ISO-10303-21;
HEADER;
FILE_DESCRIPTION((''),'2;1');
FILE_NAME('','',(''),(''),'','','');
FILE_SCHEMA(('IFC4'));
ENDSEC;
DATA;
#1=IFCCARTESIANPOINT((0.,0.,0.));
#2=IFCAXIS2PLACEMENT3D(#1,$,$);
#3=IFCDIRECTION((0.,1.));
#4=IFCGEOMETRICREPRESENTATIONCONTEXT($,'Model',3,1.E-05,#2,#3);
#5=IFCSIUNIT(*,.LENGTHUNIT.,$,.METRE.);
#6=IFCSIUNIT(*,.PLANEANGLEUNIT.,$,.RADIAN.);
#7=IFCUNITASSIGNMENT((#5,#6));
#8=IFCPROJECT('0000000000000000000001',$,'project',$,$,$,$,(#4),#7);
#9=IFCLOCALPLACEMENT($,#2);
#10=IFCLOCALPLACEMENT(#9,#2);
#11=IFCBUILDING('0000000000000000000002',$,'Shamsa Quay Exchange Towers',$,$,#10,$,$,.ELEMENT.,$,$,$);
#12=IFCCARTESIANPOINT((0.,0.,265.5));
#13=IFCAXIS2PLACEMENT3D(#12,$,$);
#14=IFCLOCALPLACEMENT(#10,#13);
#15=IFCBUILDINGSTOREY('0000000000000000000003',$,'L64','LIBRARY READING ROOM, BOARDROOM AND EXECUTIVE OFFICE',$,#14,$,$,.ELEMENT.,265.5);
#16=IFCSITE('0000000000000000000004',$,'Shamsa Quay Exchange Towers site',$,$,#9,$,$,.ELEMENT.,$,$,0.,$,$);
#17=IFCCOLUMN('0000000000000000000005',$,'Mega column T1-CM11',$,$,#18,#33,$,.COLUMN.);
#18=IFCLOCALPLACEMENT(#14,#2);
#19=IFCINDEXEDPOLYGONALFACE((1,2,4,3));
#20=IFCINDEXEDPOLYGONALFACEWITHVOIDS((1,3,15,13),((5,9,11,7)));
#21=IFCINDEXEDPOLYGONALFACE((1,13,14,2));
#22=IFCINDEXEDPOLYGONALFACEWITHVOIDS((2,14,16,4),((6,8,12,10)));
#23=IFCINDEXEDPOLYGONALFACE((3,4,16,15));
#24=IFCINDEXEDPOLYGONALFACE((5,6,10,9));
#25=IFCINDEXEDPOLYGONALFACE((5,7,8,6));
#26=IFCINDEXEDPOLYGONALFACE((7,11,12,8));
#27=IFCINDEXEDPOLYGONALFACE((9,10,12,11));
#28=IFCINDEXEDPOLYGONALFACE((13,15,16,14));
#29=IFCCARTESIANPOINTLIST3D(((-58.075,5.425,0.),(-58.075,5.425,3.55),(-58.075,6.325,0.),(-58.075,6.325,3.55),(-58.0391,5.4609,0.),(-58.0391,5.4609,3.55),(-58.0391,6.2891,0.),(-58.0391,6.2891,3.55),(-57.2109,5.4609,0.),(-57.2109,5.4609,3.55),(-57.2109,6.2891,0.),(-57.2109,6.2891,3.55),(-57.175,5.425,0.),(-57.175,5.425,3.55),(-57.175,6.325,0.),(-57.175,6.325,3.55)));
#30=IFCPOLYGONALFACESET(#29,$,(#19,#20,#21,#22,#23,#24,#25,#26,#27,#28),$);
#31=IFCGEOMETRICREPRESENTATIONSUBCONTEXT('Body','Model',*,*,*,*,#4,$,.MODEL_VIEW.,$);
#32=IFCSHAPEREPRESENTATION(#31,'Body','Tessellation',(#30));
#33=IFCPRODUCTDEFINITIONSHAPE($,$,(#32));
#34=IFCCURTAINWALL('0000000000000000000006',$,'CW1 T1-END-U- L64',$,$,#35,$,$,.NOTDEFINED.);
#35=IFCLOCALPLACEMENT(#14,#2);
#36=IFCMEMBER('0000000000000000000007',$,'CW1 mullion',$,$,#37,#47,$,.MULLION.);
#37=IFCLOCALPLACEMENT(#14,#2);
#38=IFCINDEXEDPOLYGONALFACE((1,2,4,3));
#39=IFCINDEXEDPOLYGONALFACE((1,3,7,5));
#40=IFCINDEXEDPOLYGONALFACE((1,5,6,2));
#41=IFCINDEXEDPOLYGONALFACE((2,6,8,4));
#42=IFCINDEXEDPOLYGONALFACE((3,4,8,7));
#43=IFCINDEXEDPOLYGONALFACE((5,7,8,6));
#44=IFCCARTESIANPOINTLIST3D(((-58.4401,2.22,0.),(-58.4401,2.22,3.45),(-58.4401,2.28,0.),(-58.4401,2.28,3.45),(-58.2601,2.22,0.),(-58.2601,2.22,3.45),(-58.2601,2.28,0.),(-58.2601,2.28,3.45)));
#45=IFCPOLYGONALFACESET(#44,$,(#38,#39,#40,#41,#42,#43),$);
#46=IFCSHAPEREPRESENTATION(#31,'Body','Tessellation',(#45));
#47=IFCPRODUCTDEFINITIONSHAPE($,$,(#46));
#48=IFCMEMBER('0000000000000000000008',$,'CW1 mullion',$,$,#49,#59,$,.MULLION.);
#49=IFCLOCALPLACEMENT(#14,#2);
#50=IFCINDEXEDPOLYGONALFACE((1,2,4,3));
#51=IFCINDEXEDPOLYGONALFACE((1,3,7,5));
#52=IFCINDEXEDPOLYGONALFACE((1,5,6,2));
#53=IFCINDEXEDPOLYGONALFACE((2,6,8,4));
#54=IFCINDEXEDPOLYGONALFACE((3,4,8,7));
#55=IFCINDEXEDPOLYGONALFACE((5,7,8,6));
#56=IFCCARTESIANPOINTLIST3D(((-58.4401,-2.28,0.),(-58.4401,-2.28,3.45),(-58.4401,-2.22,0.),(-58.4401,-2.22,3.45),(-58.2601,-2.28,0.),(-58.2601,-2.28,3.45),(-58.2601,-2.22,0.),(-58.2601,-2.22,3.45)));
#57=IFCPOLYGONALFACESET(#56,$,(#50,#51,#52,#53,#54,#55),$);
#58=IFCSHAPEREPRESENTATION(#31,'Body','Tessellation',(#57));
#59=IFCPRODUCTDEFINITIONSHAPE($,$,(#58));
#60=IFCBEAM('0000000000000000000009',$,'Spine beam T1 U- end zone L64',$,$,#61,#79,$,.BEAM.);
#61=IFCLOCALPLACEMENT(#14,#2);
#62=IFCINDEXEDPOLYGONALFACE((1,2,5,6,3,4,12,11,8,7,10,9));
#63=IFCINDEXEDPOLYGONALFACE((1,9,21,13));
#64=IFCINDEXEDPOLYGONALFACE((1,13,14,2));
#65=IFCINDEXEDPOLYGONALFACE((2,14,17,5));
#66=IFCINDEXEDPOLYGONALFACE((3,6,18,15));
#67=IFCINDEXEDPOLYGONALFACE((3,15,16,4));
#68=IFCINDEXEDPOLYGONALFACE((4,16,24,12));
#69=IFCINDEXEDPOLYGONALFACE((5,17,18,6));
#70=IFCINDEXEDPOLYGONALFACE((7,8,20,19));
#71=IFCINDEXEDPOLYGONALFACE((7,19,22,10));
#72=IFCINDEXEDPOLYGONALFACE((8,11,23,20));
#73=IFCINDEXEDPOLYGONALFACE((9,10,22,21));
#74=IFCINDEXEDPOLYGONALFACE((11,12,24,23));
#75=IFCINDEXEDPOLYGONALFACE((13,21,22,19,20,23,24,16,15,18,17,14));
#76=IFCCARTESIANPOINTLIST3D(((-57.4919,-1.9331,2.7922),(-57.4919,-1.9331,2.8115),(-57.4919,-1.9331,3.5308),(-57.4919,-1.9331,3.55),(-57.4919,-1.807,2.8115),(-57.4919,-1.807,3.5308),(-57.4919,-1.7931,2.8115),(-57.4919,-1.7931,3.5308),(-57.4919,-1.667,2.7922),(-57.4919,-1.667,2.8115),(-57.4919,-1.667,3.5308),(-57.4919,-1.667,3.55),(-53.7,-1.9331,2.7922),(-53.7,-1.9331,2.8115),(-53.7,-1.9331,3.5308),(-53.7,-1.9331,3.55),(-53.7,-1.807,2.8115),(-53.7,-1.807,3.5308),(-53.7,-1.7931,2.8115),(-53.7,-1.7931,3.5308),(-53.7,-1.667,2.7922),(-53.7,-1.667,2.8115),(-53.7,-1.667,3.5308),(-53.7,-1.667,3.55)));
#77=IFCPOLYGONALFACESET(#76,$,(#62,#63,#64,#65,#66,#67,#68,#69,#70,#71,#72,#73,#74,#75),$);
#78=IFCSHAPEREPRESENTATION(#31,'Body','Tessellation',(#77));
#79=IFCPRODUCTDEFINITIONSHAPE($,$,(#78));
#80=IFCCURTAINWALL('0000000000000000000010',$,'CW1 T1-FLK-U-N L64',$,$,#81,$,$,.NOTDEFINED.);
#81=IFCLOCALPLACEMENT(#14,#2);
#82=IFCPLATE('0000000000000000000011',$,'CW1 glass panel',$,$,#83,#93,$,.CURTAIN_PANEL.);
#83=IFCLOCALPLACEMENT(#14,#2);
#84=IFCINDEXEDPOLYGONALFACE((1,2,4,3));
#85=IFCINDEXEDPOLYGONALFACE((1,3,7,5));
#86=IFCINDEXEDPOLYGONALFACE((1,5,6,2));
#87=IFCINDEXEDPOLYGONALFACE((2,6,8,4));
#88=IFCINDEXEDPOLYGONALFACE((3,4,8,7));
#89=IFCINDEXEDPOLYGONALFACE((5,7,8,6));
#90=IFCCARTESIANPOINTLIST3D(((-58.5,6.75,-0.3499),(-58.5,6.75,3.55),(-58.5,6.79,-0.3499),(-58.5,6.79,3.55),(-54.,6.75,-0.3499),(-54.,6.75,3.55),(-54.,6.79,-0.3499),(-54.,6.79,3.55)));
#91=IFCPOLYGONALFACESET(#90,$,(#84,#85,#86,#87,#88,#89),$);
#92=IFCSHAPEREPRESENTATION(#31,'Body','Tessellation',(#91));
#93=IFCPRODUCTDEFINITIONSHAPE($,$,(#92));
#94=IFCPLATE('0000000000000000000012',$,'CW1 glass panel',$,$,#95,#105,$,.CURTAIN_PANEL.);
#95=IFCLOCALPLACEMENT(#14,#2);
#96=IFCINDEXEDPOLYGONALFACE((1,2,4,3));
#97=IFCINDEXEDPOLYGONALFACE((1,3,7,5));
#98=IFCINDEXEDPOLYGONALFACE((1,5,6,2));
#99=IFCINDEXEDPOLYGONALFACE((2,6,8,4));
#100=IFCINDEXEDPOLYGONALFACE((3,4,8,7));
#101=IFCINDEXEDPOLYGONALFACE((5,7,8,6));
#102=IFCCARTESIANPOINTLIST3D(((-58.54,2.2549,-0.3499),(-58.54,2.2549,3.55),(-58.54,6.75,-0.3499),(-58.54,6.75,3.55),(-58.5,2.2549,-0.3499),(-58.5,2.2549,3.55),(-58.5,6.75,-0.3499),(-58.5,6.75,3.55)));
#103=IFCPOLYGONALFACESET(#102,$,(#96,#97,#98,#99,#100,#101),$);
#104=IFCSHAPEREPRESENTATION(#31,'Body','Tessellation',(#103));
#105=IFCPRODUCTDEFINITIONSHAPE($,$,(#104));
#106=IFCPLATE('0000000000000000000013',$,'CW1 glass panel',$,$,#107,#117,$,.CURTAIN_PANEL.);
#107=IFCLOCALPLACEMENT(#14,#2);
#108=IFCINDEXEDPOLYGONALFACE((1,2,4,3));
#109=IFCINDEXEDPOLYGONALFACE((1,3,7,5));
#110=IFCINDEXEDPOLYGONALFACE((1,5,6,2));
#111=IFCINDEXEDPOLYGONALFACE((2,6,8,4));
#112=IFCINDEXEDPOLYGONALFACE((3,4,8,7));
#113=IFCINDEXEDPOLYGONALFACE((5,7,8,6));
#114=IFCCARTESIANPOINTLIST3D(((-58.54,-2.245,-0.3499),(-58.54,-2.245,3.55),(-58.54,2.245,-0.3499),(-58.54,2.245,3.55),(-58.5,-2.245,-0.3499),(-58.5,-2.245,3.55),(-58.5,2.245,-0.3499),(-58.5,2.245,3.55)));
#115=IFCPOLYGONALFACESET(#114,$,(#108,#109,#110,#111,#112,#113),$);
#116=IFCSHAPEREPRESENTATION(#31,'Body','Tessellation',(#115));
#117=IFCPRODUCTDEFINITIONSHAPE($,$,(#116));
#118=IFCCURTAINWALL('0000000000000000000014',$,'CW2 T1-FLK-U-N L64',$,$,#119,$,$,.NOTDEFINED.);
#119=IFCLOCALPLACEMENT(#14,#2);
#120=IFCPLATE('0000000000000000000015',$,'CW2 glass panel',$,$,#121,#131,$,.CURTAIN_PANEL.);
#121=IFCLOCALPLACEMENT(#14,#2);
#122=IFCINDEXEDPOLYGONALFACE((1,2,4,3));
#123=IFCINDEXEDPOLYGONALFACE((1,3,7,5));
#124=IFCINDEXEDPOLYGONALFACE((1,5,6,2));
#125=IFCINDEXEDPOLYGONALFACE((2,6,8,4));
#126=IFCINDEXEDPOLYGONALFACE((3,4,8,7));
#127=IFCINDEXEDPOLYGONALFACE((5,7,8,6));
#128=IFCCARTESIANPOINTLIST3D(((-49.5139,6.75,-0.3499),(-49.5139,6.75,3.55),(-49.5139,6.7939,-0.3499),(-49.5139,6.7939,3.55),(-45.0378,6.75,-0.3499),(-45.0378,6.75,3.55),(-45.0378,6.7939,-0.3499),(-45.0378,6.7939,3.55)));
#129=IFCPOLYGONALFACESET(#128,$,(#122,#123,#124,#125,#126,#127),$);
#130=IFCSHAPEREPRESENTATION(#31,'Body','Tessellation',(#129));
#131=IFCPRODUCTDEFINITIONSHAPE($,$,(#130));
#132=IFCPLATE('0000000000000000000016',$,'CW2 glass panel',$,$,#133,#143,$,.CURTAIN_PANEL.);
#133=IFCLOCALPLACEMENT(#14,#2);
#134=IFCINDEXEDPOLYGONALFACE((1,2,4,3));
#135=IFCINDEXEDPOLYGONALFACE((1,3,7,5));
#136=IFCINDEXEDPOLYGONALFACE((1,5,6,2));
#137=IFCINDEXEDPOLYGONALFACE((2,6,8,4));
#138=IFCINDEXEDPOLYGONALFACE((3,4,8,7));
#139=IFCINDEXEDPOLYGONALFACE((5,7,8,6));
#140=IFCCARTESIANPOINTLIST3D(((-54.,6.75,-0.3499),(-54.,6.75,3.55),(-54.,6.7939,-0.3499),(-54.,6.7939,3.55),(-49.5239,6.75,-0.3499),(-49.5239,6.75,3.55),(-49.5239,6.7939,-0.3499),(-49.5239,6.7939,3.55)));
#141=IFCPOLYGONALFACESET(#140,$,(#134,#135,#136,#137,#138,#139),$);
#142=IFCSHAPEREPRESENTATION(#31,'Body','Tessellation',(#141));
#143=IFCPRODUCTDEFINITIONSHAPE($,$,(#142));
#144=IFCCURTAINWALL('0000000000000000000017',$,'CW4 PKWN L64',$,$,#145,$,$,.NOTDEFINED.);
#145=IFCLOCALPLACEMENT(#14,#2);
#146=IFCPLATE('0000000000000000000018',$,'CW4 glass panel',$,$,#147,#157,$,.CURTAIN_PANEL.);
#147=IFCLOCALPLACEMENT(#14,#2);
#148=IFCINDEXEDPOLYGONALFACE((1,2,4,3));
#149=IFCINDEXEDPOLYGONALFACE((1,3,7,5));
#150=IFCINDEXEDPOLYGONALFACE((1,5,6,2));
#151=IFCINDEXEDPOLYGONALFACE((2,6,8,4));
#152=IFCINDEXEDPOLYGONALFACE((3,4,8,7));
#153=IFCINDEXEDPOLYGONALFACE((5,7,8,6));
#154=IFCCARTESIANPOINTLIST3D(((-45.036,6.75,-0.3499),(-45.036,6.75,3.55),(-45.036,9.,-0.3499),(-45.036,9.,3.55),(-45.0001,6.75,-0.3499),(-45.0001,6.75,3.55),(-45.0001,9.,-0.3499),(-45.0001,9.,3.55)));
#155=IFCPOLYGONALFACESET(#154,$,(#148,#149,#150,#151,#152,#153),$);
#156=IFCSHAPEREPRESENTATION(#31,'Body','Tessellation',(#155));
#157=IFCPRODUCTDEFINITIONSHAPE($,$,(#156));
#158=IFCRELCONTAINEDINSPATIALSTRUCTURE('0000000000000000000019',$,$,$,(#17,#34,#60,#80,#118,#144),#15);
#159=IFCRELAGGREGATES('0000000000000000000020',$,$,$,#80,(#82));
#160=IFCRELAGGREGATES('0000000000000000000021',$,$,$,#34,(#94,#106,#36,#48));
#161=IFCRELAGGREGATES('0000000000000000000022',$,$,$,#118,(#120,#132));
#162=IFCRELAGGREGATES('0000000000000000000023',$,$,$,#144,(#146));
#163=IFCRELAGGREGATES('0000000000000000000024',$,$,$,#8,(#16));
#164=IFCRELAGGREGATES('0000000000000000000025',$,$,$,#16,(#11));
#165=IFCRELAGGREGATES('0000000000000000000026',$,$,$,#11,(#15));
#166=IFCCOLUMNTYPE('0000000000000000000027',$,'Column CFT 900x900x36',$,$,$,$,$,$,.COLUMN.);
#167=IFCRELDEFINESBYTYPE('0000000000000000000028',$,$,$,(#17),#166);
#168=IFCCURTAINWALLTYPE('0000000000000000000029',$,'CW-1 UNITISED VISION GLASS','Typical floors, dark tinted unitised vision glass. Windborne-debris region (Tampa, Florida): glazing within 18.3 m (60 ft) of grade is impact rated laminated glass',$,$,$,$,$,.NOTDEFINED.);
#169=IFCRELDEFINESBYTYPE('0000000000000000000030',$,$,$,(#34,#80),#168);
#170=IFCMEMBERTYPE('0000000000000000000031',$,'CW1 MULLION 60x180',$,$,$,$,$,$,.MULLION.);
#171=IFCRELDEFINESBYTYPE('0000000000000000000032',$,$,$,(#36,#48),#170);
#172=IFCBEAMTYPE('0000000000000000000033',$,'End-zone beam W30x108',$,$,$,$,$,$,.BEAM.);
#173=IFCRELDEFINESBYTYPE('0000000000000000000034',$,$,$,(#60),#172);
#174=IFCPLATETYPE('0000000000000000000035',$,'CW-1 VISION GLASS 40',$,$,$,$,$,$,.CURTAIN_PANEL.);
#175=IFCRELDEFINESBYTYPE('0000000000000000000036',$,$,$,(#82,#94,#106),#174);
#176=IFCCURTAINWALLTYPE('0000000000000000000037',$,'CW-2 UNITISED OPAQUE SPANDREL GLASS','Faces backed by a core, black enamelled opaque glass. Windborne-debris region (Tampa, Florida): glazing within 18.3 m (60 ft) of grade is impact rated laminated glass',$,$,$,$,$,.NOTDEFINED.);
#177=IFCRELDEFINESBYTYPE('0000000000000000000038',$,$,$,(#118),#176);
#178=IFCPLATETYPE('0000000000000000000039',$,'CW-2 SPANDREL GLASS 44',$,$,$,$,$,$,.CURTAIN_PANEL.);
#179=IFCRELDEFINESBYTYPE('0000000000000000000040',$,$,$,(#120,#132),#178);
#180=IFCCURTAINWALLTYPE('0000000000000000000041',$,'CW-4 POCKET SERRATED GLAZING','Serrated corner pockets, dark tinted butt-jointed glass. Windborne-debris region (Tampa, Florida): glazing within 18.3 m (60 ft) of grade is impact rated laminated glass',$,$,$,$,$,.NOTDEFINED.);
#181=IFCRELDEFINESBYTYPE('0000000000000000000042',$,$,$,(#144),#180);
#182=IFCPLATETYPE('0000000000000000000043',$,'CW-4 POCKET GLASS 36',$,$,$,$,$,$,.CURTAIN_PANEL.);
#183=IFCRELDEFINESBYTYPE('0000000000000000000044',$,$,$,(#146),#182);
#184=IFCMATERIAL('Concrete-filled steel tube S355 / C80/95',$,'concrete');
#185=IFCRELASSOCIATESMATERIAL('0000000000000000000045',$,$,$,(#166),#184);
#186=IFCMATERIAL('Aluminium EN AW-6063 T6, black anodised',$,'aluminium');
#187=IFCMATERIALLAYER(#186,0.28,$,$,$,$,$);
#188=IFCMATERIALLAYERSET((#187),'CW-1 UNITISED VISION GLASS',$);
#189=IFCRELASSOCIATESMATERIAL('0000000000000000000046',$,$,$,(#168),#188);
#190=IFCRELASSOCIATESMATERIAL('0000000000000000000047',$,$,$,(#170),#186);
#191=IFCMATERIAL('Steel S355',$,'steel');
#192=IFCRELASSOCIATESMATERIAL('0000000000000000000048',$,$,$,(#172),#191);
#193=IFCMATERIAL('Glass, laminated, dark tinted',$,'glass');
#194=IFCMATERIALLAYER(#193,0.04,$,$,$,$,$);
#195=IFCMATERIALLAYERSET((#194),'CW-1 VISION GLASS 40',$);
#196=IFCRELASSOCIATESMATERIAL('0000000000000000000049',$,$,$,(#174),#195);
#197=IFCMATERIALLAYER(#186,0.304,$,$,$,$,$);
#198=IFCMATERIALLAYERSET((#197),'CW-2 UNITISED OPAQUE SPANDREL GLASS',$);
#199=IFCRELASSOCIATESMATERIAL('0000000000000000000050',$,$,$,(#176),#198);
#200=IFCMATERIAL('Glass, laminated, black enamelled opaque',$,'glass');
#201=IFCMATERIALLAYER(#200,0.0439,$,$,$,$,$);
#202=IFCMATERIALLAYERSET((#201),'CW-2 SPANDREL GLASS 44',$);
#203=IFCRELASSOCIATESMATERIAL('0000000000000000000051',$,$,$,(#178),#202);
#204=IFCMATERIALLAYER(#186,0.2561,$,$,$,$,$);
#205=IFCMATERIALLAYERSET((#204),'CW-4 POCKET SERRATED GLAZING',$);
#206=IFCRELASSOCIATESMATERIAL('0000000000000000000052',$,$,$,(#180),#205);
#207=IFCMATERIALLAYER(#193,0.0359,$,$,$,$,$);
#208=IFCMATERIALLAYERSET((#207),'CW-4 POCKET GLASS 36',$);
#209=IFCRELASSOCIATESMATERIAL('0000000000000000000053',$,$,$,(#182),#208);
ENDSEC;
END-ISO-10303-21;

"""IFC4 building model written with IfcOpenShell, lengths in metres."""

from ifc_helpers import new_model, si_unit, direction, frame, origin, origin_2d, place, context, subcontext, project, spatial, rectangle, hollow_rectangle, i_section, extrude, material, layer, layer_set, material_profile, profile_set, type_object, element, aggregate, save


model = new_model("IFC4")

# Units and contexts
model_context = context("Model", 3, precision=1e-05, world=origin(), true_north=direction((0.0, 1.0)))
body_context = subcontext(model_context, "Body", "Model", "MODEL_VIEW")
ifc_project = project(units=[si_unit("LENGTHUNIT", "METRE"), si_unit("PLANEANGLEUNIT", "RADIAN")], contexts=[model_context])

# Site, building, storey
site_placement = place(None, origin())
site = spatial("IfcSite", under=ifc_project, at=site_placement, Name="Shamsa Quay Exchange Towers site", CompositionType="ELEMENT", RefElevation=0.0)
building_placement = place(site_placement, origin())
building = spatial("IfcBuilding", under=site, at=building_placement, Name="Shamsa Quay Exchange Towers", CompositionType="ELEMENT")
storey_placement = place(building_placement, frame((0.0, 0.0, 265.5)))
storey = spatial("IfcBuildingStorey", under=building, at=storey_placement, Name="L64", Description="LIBRARY READING ROOM, BOARDROOM AND EXECUTIVE OFFICE", CompositionType="ELEMENT", Elevation=265.5)

# Column
ifc_material_1 = material(Name="Concrete-filled steel tube S355 / C80/95", Category="concrete")
ifc_material_profile_1 = material_profile(ifc_material_1, hollow_rectangle(XDim=0.8999, YDim=0.8999, WallThickness=0.0359, at=origin_2d()), Name="CFT 900x900x36")
ifc_profile_set_1 = profile_set([ifc_material_profile_1], Name="Concrete-filled steel tube S355 / C80/95")
column_type = type_object("IfcColumnType", Name="Column CFT 900x900x36", PredefinedType="COLUMN", material=ifc_profile_set_1)
column_placement = place(storey_placement, frame((-57.625, 5.875, 0.0)))
element("IfcColumn", 1, at=column_placement, inside=storey, type_object=column_type, Name="Mega column T1-CM11", PredefinedType="COLUMN", context=body_context, shape_type="SweptSolid", body=[
    extrude(hollow_rectangle(XDim=0.8999, YDim=0.8999, WallThickness=0.0359, at=origin_2d()), origin(), (0.0, 0.0, 1.0), 3.55),
])

# Curtain wall, members
ifc_material_2 = material(Name="Aluminium EN AW-6063 T6, black anodised", Category="aluminium")
ifc_layer_1 = layer(ifc_material_2, 0.28)
ifc_layer_set_1 = layer_set([ifc_layer_1], Name="CW-1 UNITISED VISION GLASS")
curtain_wall_type_1 = type_object("IfcCurtainWallType", Name="CW-1 UNITISED VISION GLASS", Description="Typical floors, dark tinted unitised vision glass. Windborne-debris region (Tampa, Florida): glazing within 18.3 m (60 ft) of grade is impact rated laminated glass", PredefinedType="NOTDEFINED", material=ifc_layer_set_1)
curtain_wall_1_placement = place(storey_placement, origin())
curtain_wall_1 = element("IfcCurtainWall", 2, at=curtain_wall_1_placement, inside=storey, type_object=curtain_wall_type_1, Name="CW1 T1-END-U- L64", PredefinedType="NOTDEFINED")
ifc_material_profile_2 = material_profile(ifc_material_2, rectangle(XDim=0.1799, YDim=0.0601, at=origin_2d()), Name="MU60x180")
ifc_profile_set_2 = profile_set([ifc_material_profile_2], Name="Aluminium EN AW-6063 T6, black anodised")
member_type = type_object("IfcMemberType", Name="CW1 MULLION 60x180", PredefinedType="MULLION", material=ifc_profile_set_2)
member_1_placement = place(storey_placement, frame((-58.3501, 2.25, 0.0)))
member_1 = element("IfcMember", 3, at=member_1_placement, type_object=member_type, Name="CW1 mullion", PredefinedType="MULLION", context=body_context, shape_type="SweptSolid", body=[
    extrude(rectangle(XDim=0.1799, YDim=0.0601, at=origin_2d()), origin(), (0.0, 0.0, 1.0), 3.45),
])
member_2_placement = place(storey_placement, frame((-58.3501, -2.25, 0.0)))
member_2 = element("IfcMember", 4, at=member_2_placement, type_object=member_type, Name="CW1 mullion", PredefinedType="MULLION", context=body_context, shape_type="SweptSolid", body=[
    extrude(rectangle(XDim=0.1799, YDim=0.0601, at=origin_2d()), origin(), (0.0, 0.0, 1.0), 3.45),
])

# Beam
ifc_material_3 = material(Name="Steel S355", Category="steel")
ifc_material_profile_3 = material_profile(ifc_material_3, i_section(OverallWidth=0.2661, OverallDepth=0.7578, WebThickness=0.0139, FlangeThickness=0.0193, at=origin_2d()), Name="W30x108")
ifc_profile_set_3 = profile_set([ifc_material_profile_3], Name="Steel S355")
beam_type = type_object("IfcBeamType", Name="End-zone beam W30x108", PredefinedType="BEAM", material=ifc_profile_set_3)
beam_placement = place(storey_placement, frame((-53.7, -1.8, 3.1711), z_axis=(-1.0, 0.0, 0.0), x_axis=(0.0, -1.0, 0.0)))
element("IfcBeam", 5, at=beam_placement, inside=storey, type_object=beam_type, Name="Spine beam T1 U- end zone L64", PredefinedType="BEAM", context=body_context, shape_type="SweptSolid", body=[
    extrude(i_section(OverallWidth=0.2661, OverallDepth=0.7578, WebThickness=0.0139, FlangeThickness=0.0193, at=origin_2d()), origin(), (0.0, 0.0, 1.0), 3.792),
])

# Curtain wall, plate
curtain_wall_2_placement = place(storey_placement, origin())
curtain_wall_2 = element("IfcCurtainWall", 6, at=curtain_wall_2_placement, inside=storey, type_object=curtain_wall_type_1, Name="CW1 T1-FLK-U-N L64", PredefinedType="NOTDEFINED")
ifc_material_4 = material(Name="Glass, laminated, dark tinted", Category="glass")
ifc_layer_2 = layer(ifc_material_4, 0.04)
ifc_layer_set_2 = layer_set([ifc_layer_2], Name="CW-1 VISION GLASS 40")
plate_type_1 = type_object("IfcPlateType", Name="CW-1 VISION GLASS 40", PredefinedType="CURTAIN_PANEL", material=ifc_layer_set_2)
plate_1_placement = place(storey_placement, frame((-56.25, 6.77, -0.3499), z_axis=(0.0, 0.0, 1.0), x_axis=(-1.0, 0.0, 0.0)))
plate_1 = element("IfcPlate", 7, at=plate_1_placement, type_object=plate_type_1, Name="CW1 glass panel", PredefinedType="CURTAIN_PANEL", context=body_context, shape_type="SweptSolid", body=[
    extrude(rectangle(XDim=4.5, YDim=0.04, at=origin_2d()), origin(), (0.0, 0.0, 1.0), 3.8999),
])
aggregate(curtain_wall_2, [plate_1])

# Plates
plate_2_placement = place(storey_placement, frame((-58.52, 4.5024, -0.3499), z_axis=(0.0, 0.0, 1.0), x_axis=(0.0, -1.0, 0.0)))
plate_2 = element("IfcPlate", 8, at=plate_2_placement, type_object=plate_type_1, Name="CW1 glass panel", PredefinedType="CURTAIN_PANEL", context=body_context, shape_type="SweptSolid", body=[
    extrude(rectangle(XDim=4.4951, YDim=0.04, at=origin_2d()), origin(), (0.0, 0.0, 1.0), 3.8999),
])
plate_3_placement = place(storey_placement, frame((-58.52, 0.0, -0.3499), z_axis=(0.0, 0.0, 1.0), x_axis=(0.0, -1.0, 0.0)))
plate_3 = element("IfcPlate", 9, at=plate_3_placement, type_object=plate_type_1, Name="CW1 glass panel", PredefinedType="CURTAIN_PANEL", context=body_context, shape_type="SweptSolid", body=[
    extrude(rectangle(XDim=4.49, YDim=0.04, at=origin_2d()), origin(), (0.0, 0.0, 1.0), 3.8999),
])
aggregate(curtain_wall_1, [plate_2, plate_3, member_1, member_2])

# Curtain wall, plates
ifc_layer_3 = layer(ifc_material_2, 0.304)
ifc_layer_set_3 = layer_set([ifc_layer_3], Name="CW-2 UNITISED OPAQUE SPANDREL GLASS")
curtain_wall_type_2 = type_object("IfcCurtainWallType", Name="CW-2 UNITISED OPAQUE SPANDREL GLASS", Description="Faces backed by a core, black enamelled opaque glass. Windborne-debris region (Tampa, Florida): glazing within 18.3 m (60 ft) of grade is impact rated laminated glass", PredefinedType="NOTDEFINED", material=ifc_layer_set_3)
curtain_wall_3_placement = place(storey_placement, origin())
curtain_wall_3 = element("IfcCurtainWall", 10, at=curtain_wall_3_placement, inside=storey, type_object=curtain_wall_type_2, Name="CW2 T1-FLK-U-N L64", PredefinedType="NOTDEFINED")
ifc_material_5 = material(Name="Glass, laminated, black enamelled opaque", Category="glass")
ifc_layer_4 = layer(ifc_material_5, 0.0439)
ifc_layer_set_4 = layer_set([ifc_layer_4], Name="CW-2 SPANDREL GLASS 44")
plate_type_2 = type_object("IfcPlateType", Name="CW-2 SPANDREL GLASS 44", PredefinedType="CURTAIN_PANEL", material=ifc_layer_set_4)
plate_4_placement = place(storey_placement, frame((-47.2759, 6.772, -0.3499), z_axis=(0.0, 0.0, 1.0), x_axis=(-1.0, 0.0, 0.0)))
plate_4 = element("IfcPlate", 11, at=plate_4_placement, type_object=plate_type_2, Name="CW2 glass panel", PredefinedType="CURTAIN_PANEL", context=body_context, shape_type="SweptSolid", body=[
    extrude(rectangle(XDim=4.4761, YDim=0.0439, at=origin_2d()), origin(), (0.0, 0.0, 1.0), 3.8999),
])
plate_5_placement = place(storey_placement, frame((-51.762, 6.772, -0.3499), z_axis=(0.0, 0.0, 1.0), x_axis=(-1.0, 0.0, 0.0)))
plate_5 = element("IfcPlate", 12, at=plate_5_placement, type_object=plate_type_2, Name="CW2 glass panel", PredefinedType="CURTAIN_PANEL", context=body_context, shape_type="SweptSolid", body=[
    extrude(rectangle(XDim=4.4761, YDim=0.0439, at=origin_2d()), origin(), (0.0, 0.0, 1.0), 3.8999),
])
aggregate(curtain_wall_3, [plate_4, plate_5])

# Curtain wall, plate
ifc_layer_5 = layer(ifc_material_2, 0.2561)
ifc_layer_set_5 = layer_set([ifc_layer_5], Name="CW-4 POCKET SERRATED GLAZING")
curtain_wall_type_3 = type_object("IfcCurtainWallType", Name="CW-4 POCKET SERRATED GLAZING", Description="Serrated corner pockets, dark tinted butt-jointed glass. Windborne-debris region (Tampa, Florida): glazing within 18.3 m (60 ft) of grade is impact rated laminated glass", PredefinedType="NOTDEFINED", material=ifc_layer_set_5)
curtain_wall_4_placement = place(storey_placement, origin())
curtain_wall_4 = element("IfcCurtainWall", 13, at=curtain_wall_4_placement, inside=storey, type_object=curtain_wall_type_3, Name="CW4 PKWN L64", PredefinedType="NOTDEFINED")
ifc_layer_6 = layer(ifc_material_4, 0.0359)
ifc_layer_set_6 = layer_set([ifc_layer_6], Name="CW-4 POCKET GLASS 36")
plate_type_3 = type_object("IfcPlateType", Name="CW-4 POCKET GLASS 36", PredefinedType="CURTAIN_PANEL", material=ifc_layer_set_6)
plate_6_placement = place(storey_placement, frame((-45.0181, 7.875, -0.3499), z_axis=(0.0, 0.0, 1.0), x_axis=(0.0, -1.0, 0.0)))
plate_6 = element("IfcPlate", 14, at=plate_6_placement, type_object=plate_type_3, Name="CW4 glass panel", PredefinedType="CURTAIN_PANEL", context=body_context, shape_type="SweptSolid", body=[
    extrude(rectangle(XDim=2.25, YDim=0.0359, at=origin_2d()), origin(), (0.0, 0.0, 1.0), 3.8999),
])
aggregate(curtain_wall_4, [plate_6])

save(model, "model.ifc")
